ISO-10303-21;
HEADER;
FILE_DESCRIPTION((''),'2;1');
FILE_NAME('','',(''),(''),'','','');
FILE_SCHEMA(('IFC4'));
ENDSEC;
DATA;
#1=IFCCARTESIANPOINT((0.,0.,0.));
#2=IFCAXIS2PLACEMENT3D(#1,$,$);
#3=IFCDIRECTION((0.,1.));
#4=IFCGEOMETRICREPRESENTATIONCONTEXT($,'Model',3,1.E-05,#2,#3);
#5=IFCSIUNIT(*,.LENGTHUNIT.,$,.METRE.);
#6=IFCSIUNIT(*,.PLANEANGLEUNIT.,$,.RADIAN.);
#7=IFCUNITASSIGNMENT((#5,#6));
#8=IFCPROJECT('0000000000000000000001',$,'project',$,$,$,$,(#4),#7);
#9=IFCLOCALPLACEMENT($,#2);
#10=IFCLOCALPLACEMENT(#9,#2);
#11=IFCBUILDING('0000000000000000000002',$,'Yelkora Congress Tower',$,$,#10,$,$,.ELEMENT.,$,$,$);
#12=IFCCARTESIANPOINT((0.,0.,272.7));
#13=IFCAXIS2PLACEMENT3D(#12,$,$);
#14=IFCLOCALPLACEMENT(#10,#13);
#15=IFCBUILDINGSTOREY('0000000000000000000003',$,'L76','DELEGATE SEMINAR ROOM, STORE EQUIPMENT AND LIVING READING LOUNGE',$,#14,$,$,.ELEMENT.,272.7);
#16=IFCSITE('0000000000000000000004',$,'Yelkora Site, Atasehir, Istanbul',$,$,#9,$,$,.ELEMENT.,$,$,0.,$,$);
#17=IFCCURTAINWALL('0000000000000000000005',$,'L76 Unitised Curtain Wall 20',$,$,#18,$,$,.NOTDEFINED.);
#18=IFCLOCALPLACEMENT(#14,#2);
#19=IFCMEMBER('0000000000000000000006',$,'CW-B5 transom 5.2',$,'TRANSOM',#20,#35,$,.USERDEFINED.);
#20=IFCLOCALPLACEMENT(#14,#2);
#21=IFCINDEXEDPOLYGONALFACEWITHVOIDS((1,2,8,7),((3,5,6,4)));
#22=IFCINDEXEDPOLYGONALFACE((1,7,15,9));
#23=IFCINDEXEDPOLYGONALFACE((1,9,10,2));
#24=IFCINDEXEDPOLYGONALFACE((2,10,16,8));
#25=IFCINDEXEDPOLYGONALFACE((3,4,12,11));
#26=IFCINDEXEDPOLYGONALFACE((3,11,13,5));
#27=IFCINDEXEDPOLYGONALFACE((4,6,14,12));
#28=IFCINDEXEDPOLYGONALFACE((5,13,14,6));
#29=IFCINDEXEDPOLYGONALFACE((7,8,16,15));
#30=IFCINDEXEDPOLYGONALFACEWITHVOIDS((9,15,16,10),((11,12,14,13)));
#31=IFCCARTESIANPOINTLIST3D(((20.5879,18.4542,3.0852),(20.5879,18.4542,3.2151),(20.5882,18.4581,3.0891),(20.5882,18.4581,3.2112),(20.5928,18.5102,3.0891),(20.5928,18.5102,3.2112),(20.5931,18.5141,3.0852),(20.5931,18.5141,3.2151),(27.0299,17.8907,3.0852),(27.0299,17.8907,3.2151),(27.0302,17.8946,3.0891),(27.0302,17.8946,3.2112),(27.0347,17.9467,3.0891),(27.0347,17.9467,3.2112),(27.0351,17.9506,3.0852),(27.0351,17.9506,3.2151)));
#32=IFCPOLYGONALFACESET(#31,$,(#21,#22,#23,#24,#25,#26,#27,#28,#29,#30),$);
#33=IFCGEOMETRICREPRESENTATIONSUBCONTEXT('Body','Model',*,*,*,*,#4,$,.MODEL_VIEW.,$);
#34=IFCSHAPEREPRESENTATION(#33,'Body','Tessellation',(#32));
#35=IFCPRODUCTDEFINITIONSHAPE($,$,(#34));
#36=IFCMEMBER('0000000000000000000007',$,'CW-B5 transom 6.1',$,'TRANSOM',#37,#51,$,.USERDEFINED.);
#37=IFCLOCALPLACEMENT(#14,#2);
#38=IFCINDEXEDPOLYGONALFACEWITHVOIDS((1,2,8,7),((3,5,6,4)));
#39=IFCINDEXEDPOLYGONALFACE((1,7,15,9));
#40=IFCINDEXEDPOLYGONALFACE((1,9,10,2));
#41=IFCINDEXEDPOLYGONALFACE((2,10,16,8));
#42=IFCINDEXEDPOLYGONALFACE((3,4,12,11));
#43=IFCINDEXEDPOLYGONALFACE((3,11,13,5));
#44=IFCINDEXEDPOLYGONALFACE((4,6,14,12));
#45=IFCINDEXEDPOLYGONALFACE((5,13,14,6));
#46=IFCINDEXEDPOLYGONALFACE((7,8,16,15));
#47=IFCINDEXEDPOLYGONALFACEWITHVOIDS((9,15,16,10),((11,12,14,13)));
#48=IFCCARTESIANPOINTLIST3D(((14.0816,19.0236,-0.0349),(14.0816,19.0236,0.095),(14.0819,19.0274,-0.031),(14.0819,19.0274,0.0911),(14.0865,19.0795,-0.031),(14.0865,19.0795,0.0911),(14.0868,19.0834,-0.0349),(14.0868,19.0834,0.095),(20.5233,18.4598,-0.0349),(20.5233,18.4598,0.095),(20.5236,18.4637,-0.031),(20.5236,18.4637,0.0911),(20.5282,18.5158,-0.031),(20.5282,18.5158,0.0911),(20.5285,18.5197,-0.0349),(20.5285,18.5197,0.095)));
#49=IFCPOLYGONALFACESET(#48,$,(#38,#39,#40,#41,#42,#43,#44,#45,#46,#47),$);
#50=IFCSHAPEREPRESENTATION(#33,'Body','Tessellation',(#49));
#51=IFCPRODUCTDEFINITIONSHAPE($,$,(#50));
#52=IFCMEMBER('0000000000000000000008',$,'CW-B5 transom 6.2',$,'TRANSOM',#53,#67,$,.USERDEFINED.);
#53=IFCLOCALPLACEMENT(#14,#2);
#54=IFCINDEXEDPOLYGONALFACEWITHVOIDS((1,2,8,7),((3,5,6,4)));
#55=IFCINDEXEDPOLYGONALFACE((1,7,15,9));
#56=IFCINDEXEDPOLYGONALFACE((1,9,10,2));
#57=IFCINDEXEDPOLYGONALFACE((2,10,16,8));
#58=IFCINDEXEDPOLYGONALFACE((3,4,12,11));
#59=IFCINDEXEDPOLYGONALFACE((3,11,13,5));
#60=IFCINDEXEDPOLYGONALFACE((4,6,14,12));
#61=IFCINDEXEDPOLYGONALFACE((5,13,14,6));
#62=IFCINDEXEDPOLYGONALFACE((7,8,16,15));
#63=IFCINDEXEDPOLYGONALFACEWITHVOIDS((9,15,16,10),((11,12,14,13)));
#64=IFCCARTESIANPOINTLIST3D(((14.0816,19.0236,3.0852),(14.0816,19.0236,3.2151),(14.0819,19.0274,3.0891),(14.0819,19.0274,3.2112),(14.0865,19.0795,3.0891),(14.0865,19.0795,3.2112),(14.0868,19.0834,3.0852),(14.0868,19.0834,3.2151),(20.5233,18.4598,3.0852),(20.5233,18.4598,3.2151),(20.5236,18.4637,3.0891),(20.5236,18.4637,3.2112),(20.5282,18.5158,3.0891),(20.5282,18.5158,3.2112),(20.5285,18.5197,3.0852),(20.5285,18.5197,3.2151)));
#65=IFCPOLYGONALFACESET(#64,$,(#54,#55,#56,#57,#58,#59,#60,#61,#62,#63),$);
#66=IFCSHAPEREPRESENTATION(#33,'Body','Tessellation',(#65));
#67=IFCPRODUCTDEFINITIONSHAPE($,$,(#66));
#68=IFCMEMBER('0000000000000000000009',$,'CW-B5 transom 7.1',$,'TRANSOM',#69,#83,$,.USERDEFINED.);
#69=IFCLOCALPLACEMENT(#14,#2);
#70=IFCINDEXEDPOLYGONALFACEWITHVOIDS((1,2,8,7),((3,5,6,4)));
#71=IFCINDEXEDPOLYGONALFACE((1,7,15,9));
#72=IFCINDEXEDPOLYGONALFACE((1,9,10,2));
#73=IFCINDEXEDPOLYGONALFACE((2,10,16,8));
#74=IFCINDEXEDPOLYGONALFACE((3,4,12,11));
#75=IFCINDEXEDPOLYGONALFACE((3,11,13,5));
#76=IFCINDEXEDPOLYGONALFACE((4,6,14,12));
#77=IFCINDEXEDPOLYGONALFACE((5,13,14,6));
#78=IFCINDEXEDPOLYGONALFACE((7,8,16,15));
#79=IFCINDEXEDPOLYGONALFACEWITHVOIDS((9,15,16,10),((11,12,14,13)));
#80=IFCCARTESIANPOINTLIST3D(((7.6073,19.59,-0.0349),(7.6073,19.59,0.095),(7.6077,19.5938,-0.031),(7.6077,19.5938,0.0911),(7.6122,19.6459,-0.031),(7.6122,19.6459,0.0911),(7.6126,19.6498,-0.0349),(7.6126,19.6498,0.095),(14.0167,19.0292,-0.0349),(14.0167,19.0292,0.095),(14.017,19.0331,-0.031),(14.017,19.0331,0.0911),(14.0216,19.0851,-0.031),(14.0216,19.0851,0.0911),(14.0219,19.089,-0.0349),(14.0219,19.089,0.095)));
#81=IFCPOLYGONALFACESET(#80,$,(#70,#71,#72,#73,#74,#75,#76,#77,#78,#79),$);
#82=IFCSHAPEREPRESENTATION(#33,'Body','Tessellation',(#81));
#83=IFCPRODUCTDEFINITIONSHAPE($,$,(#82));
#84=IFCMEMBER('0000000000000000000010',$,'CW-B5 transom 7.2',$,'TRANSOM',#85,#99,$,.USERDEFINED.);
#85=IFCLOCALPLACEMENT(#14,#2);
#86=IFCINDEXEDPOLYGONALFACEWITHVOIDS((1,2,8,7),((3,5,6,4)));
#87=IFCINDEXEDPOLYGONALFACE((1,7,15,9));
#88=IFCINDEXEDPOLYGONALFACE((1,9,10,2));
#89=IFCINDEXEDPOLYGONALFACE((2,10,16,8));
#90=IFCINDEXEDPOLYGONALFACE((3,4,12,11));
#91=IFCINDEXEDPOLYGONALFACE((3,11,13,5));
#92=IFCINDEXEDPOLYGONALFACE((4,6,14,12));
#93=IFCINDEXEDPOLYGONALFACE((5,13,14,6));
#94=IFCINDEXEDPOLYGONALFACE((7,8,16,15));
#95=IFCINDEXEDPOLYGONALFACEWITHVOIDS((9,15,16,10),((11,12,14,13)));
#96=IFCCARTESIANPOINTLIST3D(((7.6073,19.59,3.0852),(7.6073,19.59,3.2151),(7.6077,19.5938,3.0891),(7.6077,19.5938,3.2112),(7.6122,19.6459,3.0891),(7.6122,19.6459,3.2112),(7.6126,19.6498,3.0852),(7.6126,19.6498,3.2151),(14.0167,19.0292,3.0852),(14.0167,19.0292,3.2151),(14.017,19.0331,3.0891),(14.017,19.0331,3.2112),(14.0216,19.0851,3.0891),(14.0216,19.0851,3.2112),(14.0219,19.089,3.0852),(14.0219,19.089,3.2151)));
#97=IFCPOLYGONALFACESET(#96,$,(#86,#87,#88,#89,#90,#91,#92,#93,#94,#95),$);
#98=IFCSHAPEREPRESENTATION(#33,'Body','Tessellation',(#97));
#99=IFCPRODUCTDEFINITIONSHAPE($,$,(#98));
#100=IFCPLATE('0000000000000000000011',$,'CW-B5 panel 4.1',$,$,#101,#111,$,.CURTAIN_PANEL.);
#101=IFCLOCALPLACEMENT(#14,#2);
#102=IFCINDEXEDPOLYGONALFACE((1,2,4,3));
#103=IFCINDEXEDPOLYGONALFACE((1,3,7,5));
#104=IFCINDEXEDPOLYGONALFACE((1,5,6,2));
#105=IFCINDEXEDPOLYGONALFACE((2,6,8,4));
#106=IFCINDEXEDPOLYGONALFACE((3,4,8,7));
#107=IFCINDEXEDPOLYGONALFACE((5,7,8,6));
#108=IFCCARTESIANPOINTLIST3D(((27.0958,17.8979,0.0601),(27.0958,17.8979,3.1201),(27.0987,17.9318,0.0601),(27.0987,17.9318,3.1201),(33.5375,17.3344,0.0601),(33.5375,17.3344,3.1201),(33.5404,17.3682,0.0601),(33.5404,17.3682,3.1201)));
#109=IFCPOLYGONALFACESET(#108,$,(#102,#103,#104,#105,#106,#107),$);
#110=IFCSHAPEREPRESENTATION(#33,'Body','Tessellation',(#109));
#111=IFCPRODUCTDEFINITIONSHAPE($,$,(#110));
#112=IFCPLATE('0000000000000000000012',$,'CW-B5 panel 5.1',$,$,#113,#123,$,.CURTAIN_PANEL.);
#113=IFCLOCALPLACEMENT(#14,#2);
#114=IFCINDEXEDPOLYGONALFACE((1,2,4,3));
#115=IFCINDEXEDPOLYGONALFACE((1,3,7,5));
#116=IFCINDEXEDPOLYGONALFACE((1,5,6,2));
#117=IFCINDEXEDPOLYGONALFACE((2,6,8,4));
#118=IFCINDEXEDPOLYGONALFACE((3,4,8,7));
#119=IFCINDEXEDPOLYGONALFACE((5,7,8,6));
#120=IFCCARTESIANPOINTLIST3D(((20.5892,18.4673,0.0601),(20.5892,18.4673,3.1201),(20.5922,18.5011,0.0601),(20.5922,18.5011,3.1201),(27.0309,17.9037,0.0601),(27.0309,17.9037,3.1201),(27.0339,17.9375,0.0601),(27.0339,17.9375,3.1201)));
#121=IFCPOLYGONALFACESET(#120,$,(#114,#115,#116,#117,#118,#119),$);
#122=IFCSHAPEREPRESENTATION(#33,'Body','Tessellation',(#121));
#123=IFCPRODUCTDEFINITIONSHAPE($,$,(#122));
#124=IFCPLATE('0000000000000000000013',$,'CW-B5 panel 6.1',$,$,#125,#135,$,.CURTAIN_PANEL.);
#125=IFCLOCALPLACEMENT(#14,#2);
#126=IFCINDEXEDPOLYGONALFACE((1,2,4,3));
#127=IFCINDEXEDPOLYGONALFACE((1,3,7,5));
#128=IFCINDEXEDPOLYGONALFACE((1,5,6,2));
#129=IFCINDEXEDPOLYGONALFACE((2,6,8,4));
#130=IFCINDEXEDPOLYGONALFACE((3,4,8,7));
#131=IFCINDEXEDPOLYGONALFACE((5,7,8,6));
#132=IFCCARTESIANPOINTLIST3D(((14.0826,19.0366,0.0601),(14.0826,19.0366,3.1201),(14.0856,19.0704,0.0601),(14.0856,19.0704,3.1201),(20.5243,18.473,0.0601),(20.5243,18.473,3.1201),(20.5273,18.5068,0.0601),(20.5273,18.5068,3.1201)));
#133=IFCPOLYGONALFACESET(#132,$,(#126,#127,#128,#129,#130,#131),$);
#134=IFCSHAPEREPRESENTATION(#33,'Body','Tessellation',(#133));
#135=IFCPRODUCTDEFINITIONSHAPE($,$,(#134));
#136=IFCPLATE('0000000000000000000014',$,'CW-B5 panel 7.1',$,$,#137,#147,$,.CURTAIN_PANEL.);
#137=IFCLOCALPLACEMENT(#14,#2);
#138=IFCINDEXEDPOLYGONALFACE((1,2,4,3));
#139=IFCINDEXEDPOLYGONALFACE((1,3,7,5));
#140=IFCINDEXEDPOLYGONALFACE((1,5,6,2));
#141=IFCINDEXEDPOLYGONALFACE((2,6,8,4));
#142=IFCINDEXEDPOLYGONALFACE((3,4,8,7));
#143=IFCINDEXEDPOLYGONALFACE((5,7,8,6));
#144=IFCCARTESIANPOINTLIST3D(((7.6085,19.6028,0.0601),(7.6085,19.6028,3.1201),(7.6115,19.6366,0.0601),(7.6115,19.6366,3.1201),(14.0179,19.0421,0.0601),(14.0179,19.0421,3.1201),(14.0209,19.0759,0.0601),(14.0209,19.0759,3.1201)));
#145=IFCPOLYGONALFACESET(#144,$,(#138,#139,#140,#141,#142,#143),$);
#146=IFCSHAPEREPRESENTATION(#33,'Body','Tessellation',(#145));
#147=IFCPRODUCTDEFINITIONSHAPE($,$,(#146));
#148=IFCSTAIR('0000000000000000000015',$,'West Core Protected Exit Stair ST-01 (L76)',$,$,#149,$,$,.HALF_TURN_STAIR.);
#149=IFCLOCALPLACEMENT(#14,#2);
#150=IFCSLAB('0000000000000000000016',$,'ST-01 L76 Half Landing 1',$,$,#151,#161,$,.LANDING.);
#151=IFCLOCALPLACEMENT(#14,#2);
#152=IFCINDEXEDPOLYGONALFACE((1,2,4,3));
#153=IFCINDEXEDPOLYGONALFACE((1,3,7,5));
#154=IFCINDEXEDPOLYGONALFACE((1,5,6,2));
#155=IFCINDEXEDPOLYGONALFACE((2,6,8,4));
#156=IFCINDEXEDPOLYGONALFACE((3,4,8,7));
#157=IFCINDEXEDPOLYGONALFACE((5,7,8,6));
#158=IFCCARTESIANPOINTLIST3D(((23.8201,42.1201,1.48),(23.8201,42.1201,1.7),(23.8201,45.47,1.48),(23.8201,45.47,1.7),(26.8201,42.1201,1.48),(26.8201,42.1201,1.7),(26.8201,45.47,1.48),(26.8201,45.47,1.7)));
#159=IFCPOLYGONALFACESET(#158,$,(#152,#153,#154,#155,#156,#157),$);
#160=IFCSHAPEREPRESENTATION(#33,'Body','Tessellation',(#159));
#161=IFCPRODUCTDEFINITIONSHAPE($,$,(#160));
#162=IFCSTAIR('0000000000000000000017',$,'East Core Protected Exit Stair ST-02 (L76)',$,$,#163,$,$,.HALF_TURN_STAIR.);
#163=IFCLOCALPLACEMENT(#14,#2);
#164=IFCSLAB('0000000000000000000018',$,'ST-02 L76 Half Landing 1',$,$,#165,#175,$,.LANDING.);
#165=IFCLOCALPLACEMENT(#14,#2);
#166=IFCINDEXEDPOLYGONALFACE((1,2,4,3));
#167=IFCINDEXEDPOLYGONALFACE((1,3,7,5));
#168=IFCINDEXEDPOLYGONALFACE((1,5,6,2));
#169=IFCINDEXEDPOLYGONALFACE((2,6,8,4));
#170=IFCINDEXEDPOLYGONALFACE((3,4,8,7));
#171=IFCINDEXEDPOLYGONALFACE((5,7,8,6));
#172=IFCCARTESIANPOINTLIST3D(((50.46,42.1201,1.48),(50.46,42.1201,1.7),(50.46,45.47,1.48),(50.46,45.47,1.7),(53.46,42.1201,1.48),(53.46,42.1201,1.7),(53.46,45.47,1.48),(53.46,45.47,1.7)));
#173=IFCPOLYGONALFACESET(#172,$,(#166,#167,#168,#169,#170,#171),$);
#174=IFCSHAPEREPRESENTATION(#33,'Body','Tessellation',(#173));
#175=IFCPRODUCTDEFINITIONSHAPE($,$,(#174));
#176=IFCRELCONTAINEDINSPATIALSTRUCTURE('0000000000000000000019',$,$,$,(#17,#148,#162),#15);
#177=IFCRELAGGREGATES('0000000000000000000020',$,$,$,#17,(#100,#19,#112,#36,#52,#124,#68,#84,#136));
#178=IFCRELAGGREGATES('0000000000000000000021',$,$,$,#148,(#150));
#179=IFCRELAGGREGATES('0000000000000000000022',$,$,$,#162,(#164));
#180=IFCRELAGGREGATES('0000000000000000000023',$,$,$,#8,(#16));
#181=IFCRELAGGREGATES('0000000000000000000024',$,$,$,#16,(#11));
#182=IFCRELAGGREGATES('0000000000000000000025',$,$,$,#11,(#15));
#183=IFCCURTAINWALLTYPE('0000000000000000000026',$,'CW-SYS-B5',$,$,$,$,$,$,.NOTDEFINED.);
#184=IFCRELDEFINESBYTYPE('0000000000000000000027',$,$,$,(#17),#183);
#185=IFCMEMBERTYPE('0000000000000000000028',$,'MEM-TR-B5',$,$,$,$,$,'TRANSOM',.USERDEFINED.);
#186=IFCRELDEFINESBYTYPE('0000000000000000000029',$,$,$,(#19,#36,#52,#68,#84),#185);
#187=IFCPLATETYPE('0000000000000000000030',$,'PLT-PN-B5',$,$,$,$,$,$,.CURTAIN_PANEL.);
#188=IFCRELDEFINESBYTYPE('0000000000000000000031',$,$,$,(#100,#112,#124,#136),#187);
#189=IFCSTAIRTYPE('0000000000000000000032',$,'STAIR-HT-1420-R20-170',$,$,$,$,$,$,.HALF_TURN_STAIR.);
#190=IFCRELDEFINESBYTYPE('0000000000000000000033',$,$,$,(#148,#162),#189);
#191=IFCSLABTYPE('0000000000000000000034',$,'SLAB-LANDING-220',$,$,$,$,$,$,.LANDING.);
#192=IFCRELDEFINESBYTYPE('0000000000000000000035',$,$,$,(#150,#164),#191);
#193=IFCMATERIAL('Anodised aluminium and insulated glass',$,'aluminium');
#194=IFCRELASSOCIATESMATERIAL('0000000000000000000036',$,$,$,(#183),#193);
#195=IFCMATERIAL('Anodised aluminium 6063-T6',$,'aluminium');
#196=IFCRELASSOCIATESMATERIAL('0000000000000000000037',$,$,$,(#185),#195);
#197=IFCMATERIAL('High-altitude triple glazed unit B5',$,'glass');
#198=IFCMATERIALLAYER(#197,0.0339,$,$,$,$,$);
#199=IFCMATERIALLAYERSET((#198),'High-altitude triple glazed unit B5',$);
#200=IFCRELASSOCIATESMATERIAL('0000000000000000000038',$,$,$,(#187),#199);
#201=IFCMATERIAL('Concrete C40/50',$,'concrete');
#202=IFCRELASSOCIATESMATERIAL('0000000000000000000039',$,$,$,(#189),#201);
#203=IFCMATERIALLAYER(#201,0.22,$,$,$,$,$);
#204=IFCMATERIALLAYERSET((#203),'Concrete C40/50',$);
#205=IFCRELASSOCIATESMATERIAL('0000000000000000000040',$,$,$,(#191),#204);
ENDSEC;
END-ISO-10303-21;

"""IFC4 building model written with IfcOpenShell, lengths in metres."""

from ifc_helpers import new_model, si_unit, direction, frame, origin, origin_2d, place, context, subcontext, project, spatial, polyline, rectangle, hollow_rectangle, outline, extrude, material, layer, layer_set, material_profile, profile_set, type_object, element, aggregate, save


model = new_model("IFC4")

# Units and contexts
model_context = context("Model", 3, precision=1e-05, world=origin(), true_north=direction((0.0, 1.0)))
body_context = subcontext(model_context, "Body", "Model", "MODEL_VIEW")
ifc_project = project(units=[si_unit("LENGTHUNIT", "METRE"), si_unit("PLANEANGLEUNIT", "RADIAN")], contexts=[model_context])

# Site, building, storey
site_placement = place(None, origin())
site = spatial("IfcSite", under=ifc_project, at=site_placement, Name="Yelkora Site, Atasehir, Istanbul", CompositionType="ELEMENT", RefElevation=0.0)
building_placement = place(site_placement, origin())
building = spatial("IfcBuilding", under=site, at=building_placement, Name="Yelkora Congress Tower", CompositionType="ELEMENT")
storey_placement = place(building_placement, frame((0.0, 0.0, 272.7)))
storey = spatial("IfcBuildingStorey", under=building, at=storey_placement, Name="L76", Description="DELEGATE SEMINAR ROOM, STORE EQUIPMENT AND LIVING READING LOUNGE", CompositionType="ELEMENT", Elevation=272.7)

# Curtain wall, members, plates
ifc_material_1 = material(Name="Anodised aluminium and insulated glass", Category="aluminium")
curtain_wall_type = type_object("IfcCurtainWallType", Name="CW-SYS-B5", PredefinedType="NOTDEFINED", material=ifc_material_1)
curtain_wall_placement = place(storey_placement, origin())
curtain_wall = element("IfcCurtainWall", 1, at=curtain_wall_placement, inside=storey, type_object=curtain_wall_type, Name="L76 Unitised Curtain Wall 20", PredefinedType="NOTDEFINED")
ifc_material_2 = material(Name="Anodised aluminium 6063-T6", Category="aluminium")
ifc_material_profile_1 = material_profile(ifc_material_2, hollow_rectangle(XDim=0.0601, YDim=0.1299, WallThickness=0.0039, at=origin_2d()), Name="ALU 60x130x4")
ifc_profile_set_1 = profile_set([ifc_material_profile_1], Name="Anodised aluminium 6063-T6")
member_type_1 = type_object("IfcMemberType", Name="MEM-TR-B5", ElementType="TRANSOM", PredefinedType="USERDEFINED", material=ifc_profile_set_1)
member_1_placement = place(storey_placement, frame((27.0325, 17.9207, 3.1501), z_axis=(-0.996196, 0.087138, 0.0), x_axis=(-0.087138, -0.996196, 0.0)))
member_1 = element("IfcMember", 2, at=member_1_placement, type_object=member_type_1, Name="CW-B5 transom 5.2", ObjectType="TRANSOM", PredefinedType="USERDEFINED", context=body_context, shape_type="SweptSolid", body=[
    extrude(hollow_rectangle(XDim=0.0601, YDim=0.1299, WallThickness=0.0039, at=origin_2d()), origin(), (0.0, 0.0, 1.0), 6.4666),
])
member_2_placement = place(storey_placement, frame((20.5259, 18.4897, 0.03), z_axis=(-0.996193, 0.087179, 0.0), x_axis=(-0.087179, -0.996193, 0.0)))
member_2 = element("IfcMember", 3, at=member_2_placement, type_object=member_type_1, Name="CW-B5 transom 6.1", ObjectType="TRANSOM", PredefinedType="USERDEFINED", context=body_context, shape_type="SweptSolid", body=[
    extrude(hollow_rectangle(XDim=0.0601, YDim=0.1299, WallThickness=0.0039, at=origin_2d()), origin(), (0.0, 0.0, 1.0), 6.4663),
])
member_3_placement = place(storey_placement, frame((20.5259, 18.4897, 3.1501), z_axis=(-0.996193, 0.087179, 0.0), x_axis=(-0.087179, -0.996193, 0.0)))
member_3 = element("IfcMember", 4, at=member_3_placement, type_object=member_type_1, Name="CW-B5 transom 6.2", ObjectType="TRANSOM", PredefinedType="USERDEFINED", context=body_context, shape_type="SweptSolid", body=[
    extrude(hollow_rectangle(XDim=0.0601, YDim=0.1299, WallThickness=0.0039, at=origin_2d()), origin(), (0.0, 0.0, 1.0), 6.4663),
])
member_4_placement = place(storey_placement, frame((14.0193, 19.0591, 0.03), z_axis=(-0.996194, 0.087162, 0.0), x_axis=(-0.087162, -0.996194, 0.0)))
member_4 = element("IfcMember", 5, at=member_4_placement, type_object=member_type_1, Name="CW-B5 transom 7.1", ObjectType="TRANSOM", PredefinedType="USERDEFINED", context=body_context, shape_type="SweptSolid", body=[
    extrude(hollow_rectangle(XDim=0.0601, YDim=0.1299, WallThickness=0.0039, at=origin_2d()), origin(), (0.0, 0.0, 1.0), 6.4338),
])
member_5_placement = place(storey_placement, frame((14.0193, 19.0591, 3.1501), z_axis=(-0.996194, 0.087162, 0.0), x_axis=(-0.087162, -0.996194, 0.0)))
member_5 = element("IfcMember", 6, at=member_5_placement, type_object=member_type_1, Name="CW-B5 transom 7.2", ObjectType="TRANSOM", PredefinedType="USERDEFINED", context=body_context, shape_type="SweptSolid", body=[
    extrude(hollow_rectangle(XDim=0.0601, YDim=0.1299, WallThickness=0.0039, at=origin_2d()), origin(), (0.0, 0.0, 1.0), 6.4338),
])
ifc_material_3 = material(Name="High-altitude triple glazed unit B5", Category="glass")
ifc_layer_1 = layer(ifc_material_3, 0.0339)
ifc_layer_set_1 = layer_set([ifc_layer_1], Name="High-altitude triple glazed unit B5")
plate_type = type_object("IfcPlateType", Name="PLT-PN-B5", PredefinedType="CURTAIN_PANEL", material=ifc_layer_set_1)
plate_1_placement = place(storey_placement, frame((30.3181, 17.6331, 0.0601), z_axis=(0.0, 0.0, 1.0), x_axis=(-0.996195, 0.087157, 0.0)))
plate_1 = element("IfcPlate", 7, at=plate_1_placement, type_object=plate_type, Name="CW-B5 panel 4.1", PredefinedType="CURTAIN_PANEL", context=body_context, shape_type="SweptSolid", body=[
    extrude(rectangle(XDim=6.4663, YDim=0.0339, at=origin_2d()), origin(), (0.0, 0.0, 1.0), 3.0601),
])
plate_2_placement = place(storey_placement, frame((23.8115, 18.2024, 0.0601), z_axis=(0.0, 0.0, 1.0), x_axis=(-0.996195, 0.087157, 0.0)))
plate_2 = element("IfcPlate", 8, at=plate_2_placement, type_object=plate_type, Name="CW-B5 panel 5.1", PredefinedType="CURTAIN_PANEL", context=body_context, shape_type="SweptSolid", body=[
    extrude(rectangle(XDim=6.4663, YDim=0.0339, at=origin_2d()), origin(), (0.0, 0.0, 1.0), 3.0601),
])
plate_3_placement = place(storey_placement, frame((17.3049, 18.7717, 0.0601), z_axis=(0.0, 0.0, 1.0), x_axis=(-0.996195, 0.087157, 0.0)))
plate_3 = element("IfcPlate", 9, at=plate_3_placement, type_object=plate_type, Name="CW-B5 panel 6.1", PredefinedType="CURTAIN_PANEL", context=body_context, shape_type="SweptSolid", body=[
    extrude(rectangle(XDim=6.4663, YDim=0.0339, at=origin_2d()), origin(), (0.0, 0.0, 1.0), 3.0601),
])
plate_4_placement = place(storey_placement, frame((10.8147, 19.3394, 0.0601), z_axis=(0.0, 0.0, 1.0), x_axis=(-0.996195, 0.087157, 0.0)))
plate_4 = element("IfcPlate", 10, at=plate_4_placement, type_object=plate_type, Name="CW-B5 panel 7.1", PredefinedType="CURTAIN_PANEL", context=body_context, shape_type="SweptSolid", body=[
    extrude(rectangle(XDim=6.4338, YDim=0.0339, at=origin_2d()), origin(), (0.0, 0.0, 1.0), 3.0601),
])
aggregate(curtain_wall, [plate_1, member_1, plate_2, member_2, member_3, plate_3, member_4, member_5, plate_4])

# Stairs, slabs
ifc_material_4 = material(Name="Concrete C40/50", Category="concrete")
stair_type = type_object("IfcStairType", Name="STAIR-HT-1420-R20-170", PredefinedType="HALF_TURN_STAIR", material=ifc_material_4)
stair_1_placement = place(storey_placement, origin())
stair_1 = element("IfcStair", 11, at=stair_1_placement, inside=storey, type_object=stair_type, Name="West Core Protected Exit Stair ST-01 (L76)", PredefinedType="HALF_TURN_STAIR")
ifc_layer_2 = layer(ifc_material_4, 0.22)
ifc_layer_set_2 = layer_set([ifc_layer_2], Name="Concrete C40/50")
slab_type_1 = type_object("IfcSlabType", Name="SLAB-LANDING-220", PredefinedType="LANDING", material=ifc_layer_set_2)
slab_1_placement = place(storey_placement, frame((0.0, 0.0, 1.48)))
slab_1 = element("IfcSlab", 12, at=slab_1_placement, type_object=slab_type_1, Name="ST-01 L76 Half Landing 1", PredefinedType="LANDING", context=body_context, shape_type="SweptSolid", body=[
    extrude(outline(polyline([(26.8201, 42.1201), (26.8201, 45.47), (23.8201, 45.47), (23.8201, 42.1201), (26.8201, 42.1201)])), origin(), (0.0, 0.0, 1.0), 0.22),
])
aggregate(stair_1, [slab_1])
stair_2_placement = place(storey_placement, origin())
stair_2 = element("IfcStair", 13, at=stair_2_placement, inside=storey, type_object=stair_type, Name="East Core Protected Exit Stair ST-02 (L76)", PredefinedType="HALF_TURN_STAIR")
slab_2_placement = place(storey_placement, frame((0.0, 0.0, 1.48)))
slab_2 = element("IfcSlab", 14, at=slab_2_placement, type_object=slab_type_1, Name="ST-02 L76 Half Landing 1", PredefinedType="LANDING", context=body_context, shape_type="SweptSolid", body=[
    extrude(outline(polyline([(53.46, 42.1201), (53.46, 45.47), (50.46, 45.47), (50.46, 42.1201), (53.46, 42.1201)])), origin(), (0.0, 0.0, 1.0), 0.22),
])
aggregate(stair_2, [slab_2])

save(model, "model.ifc")
